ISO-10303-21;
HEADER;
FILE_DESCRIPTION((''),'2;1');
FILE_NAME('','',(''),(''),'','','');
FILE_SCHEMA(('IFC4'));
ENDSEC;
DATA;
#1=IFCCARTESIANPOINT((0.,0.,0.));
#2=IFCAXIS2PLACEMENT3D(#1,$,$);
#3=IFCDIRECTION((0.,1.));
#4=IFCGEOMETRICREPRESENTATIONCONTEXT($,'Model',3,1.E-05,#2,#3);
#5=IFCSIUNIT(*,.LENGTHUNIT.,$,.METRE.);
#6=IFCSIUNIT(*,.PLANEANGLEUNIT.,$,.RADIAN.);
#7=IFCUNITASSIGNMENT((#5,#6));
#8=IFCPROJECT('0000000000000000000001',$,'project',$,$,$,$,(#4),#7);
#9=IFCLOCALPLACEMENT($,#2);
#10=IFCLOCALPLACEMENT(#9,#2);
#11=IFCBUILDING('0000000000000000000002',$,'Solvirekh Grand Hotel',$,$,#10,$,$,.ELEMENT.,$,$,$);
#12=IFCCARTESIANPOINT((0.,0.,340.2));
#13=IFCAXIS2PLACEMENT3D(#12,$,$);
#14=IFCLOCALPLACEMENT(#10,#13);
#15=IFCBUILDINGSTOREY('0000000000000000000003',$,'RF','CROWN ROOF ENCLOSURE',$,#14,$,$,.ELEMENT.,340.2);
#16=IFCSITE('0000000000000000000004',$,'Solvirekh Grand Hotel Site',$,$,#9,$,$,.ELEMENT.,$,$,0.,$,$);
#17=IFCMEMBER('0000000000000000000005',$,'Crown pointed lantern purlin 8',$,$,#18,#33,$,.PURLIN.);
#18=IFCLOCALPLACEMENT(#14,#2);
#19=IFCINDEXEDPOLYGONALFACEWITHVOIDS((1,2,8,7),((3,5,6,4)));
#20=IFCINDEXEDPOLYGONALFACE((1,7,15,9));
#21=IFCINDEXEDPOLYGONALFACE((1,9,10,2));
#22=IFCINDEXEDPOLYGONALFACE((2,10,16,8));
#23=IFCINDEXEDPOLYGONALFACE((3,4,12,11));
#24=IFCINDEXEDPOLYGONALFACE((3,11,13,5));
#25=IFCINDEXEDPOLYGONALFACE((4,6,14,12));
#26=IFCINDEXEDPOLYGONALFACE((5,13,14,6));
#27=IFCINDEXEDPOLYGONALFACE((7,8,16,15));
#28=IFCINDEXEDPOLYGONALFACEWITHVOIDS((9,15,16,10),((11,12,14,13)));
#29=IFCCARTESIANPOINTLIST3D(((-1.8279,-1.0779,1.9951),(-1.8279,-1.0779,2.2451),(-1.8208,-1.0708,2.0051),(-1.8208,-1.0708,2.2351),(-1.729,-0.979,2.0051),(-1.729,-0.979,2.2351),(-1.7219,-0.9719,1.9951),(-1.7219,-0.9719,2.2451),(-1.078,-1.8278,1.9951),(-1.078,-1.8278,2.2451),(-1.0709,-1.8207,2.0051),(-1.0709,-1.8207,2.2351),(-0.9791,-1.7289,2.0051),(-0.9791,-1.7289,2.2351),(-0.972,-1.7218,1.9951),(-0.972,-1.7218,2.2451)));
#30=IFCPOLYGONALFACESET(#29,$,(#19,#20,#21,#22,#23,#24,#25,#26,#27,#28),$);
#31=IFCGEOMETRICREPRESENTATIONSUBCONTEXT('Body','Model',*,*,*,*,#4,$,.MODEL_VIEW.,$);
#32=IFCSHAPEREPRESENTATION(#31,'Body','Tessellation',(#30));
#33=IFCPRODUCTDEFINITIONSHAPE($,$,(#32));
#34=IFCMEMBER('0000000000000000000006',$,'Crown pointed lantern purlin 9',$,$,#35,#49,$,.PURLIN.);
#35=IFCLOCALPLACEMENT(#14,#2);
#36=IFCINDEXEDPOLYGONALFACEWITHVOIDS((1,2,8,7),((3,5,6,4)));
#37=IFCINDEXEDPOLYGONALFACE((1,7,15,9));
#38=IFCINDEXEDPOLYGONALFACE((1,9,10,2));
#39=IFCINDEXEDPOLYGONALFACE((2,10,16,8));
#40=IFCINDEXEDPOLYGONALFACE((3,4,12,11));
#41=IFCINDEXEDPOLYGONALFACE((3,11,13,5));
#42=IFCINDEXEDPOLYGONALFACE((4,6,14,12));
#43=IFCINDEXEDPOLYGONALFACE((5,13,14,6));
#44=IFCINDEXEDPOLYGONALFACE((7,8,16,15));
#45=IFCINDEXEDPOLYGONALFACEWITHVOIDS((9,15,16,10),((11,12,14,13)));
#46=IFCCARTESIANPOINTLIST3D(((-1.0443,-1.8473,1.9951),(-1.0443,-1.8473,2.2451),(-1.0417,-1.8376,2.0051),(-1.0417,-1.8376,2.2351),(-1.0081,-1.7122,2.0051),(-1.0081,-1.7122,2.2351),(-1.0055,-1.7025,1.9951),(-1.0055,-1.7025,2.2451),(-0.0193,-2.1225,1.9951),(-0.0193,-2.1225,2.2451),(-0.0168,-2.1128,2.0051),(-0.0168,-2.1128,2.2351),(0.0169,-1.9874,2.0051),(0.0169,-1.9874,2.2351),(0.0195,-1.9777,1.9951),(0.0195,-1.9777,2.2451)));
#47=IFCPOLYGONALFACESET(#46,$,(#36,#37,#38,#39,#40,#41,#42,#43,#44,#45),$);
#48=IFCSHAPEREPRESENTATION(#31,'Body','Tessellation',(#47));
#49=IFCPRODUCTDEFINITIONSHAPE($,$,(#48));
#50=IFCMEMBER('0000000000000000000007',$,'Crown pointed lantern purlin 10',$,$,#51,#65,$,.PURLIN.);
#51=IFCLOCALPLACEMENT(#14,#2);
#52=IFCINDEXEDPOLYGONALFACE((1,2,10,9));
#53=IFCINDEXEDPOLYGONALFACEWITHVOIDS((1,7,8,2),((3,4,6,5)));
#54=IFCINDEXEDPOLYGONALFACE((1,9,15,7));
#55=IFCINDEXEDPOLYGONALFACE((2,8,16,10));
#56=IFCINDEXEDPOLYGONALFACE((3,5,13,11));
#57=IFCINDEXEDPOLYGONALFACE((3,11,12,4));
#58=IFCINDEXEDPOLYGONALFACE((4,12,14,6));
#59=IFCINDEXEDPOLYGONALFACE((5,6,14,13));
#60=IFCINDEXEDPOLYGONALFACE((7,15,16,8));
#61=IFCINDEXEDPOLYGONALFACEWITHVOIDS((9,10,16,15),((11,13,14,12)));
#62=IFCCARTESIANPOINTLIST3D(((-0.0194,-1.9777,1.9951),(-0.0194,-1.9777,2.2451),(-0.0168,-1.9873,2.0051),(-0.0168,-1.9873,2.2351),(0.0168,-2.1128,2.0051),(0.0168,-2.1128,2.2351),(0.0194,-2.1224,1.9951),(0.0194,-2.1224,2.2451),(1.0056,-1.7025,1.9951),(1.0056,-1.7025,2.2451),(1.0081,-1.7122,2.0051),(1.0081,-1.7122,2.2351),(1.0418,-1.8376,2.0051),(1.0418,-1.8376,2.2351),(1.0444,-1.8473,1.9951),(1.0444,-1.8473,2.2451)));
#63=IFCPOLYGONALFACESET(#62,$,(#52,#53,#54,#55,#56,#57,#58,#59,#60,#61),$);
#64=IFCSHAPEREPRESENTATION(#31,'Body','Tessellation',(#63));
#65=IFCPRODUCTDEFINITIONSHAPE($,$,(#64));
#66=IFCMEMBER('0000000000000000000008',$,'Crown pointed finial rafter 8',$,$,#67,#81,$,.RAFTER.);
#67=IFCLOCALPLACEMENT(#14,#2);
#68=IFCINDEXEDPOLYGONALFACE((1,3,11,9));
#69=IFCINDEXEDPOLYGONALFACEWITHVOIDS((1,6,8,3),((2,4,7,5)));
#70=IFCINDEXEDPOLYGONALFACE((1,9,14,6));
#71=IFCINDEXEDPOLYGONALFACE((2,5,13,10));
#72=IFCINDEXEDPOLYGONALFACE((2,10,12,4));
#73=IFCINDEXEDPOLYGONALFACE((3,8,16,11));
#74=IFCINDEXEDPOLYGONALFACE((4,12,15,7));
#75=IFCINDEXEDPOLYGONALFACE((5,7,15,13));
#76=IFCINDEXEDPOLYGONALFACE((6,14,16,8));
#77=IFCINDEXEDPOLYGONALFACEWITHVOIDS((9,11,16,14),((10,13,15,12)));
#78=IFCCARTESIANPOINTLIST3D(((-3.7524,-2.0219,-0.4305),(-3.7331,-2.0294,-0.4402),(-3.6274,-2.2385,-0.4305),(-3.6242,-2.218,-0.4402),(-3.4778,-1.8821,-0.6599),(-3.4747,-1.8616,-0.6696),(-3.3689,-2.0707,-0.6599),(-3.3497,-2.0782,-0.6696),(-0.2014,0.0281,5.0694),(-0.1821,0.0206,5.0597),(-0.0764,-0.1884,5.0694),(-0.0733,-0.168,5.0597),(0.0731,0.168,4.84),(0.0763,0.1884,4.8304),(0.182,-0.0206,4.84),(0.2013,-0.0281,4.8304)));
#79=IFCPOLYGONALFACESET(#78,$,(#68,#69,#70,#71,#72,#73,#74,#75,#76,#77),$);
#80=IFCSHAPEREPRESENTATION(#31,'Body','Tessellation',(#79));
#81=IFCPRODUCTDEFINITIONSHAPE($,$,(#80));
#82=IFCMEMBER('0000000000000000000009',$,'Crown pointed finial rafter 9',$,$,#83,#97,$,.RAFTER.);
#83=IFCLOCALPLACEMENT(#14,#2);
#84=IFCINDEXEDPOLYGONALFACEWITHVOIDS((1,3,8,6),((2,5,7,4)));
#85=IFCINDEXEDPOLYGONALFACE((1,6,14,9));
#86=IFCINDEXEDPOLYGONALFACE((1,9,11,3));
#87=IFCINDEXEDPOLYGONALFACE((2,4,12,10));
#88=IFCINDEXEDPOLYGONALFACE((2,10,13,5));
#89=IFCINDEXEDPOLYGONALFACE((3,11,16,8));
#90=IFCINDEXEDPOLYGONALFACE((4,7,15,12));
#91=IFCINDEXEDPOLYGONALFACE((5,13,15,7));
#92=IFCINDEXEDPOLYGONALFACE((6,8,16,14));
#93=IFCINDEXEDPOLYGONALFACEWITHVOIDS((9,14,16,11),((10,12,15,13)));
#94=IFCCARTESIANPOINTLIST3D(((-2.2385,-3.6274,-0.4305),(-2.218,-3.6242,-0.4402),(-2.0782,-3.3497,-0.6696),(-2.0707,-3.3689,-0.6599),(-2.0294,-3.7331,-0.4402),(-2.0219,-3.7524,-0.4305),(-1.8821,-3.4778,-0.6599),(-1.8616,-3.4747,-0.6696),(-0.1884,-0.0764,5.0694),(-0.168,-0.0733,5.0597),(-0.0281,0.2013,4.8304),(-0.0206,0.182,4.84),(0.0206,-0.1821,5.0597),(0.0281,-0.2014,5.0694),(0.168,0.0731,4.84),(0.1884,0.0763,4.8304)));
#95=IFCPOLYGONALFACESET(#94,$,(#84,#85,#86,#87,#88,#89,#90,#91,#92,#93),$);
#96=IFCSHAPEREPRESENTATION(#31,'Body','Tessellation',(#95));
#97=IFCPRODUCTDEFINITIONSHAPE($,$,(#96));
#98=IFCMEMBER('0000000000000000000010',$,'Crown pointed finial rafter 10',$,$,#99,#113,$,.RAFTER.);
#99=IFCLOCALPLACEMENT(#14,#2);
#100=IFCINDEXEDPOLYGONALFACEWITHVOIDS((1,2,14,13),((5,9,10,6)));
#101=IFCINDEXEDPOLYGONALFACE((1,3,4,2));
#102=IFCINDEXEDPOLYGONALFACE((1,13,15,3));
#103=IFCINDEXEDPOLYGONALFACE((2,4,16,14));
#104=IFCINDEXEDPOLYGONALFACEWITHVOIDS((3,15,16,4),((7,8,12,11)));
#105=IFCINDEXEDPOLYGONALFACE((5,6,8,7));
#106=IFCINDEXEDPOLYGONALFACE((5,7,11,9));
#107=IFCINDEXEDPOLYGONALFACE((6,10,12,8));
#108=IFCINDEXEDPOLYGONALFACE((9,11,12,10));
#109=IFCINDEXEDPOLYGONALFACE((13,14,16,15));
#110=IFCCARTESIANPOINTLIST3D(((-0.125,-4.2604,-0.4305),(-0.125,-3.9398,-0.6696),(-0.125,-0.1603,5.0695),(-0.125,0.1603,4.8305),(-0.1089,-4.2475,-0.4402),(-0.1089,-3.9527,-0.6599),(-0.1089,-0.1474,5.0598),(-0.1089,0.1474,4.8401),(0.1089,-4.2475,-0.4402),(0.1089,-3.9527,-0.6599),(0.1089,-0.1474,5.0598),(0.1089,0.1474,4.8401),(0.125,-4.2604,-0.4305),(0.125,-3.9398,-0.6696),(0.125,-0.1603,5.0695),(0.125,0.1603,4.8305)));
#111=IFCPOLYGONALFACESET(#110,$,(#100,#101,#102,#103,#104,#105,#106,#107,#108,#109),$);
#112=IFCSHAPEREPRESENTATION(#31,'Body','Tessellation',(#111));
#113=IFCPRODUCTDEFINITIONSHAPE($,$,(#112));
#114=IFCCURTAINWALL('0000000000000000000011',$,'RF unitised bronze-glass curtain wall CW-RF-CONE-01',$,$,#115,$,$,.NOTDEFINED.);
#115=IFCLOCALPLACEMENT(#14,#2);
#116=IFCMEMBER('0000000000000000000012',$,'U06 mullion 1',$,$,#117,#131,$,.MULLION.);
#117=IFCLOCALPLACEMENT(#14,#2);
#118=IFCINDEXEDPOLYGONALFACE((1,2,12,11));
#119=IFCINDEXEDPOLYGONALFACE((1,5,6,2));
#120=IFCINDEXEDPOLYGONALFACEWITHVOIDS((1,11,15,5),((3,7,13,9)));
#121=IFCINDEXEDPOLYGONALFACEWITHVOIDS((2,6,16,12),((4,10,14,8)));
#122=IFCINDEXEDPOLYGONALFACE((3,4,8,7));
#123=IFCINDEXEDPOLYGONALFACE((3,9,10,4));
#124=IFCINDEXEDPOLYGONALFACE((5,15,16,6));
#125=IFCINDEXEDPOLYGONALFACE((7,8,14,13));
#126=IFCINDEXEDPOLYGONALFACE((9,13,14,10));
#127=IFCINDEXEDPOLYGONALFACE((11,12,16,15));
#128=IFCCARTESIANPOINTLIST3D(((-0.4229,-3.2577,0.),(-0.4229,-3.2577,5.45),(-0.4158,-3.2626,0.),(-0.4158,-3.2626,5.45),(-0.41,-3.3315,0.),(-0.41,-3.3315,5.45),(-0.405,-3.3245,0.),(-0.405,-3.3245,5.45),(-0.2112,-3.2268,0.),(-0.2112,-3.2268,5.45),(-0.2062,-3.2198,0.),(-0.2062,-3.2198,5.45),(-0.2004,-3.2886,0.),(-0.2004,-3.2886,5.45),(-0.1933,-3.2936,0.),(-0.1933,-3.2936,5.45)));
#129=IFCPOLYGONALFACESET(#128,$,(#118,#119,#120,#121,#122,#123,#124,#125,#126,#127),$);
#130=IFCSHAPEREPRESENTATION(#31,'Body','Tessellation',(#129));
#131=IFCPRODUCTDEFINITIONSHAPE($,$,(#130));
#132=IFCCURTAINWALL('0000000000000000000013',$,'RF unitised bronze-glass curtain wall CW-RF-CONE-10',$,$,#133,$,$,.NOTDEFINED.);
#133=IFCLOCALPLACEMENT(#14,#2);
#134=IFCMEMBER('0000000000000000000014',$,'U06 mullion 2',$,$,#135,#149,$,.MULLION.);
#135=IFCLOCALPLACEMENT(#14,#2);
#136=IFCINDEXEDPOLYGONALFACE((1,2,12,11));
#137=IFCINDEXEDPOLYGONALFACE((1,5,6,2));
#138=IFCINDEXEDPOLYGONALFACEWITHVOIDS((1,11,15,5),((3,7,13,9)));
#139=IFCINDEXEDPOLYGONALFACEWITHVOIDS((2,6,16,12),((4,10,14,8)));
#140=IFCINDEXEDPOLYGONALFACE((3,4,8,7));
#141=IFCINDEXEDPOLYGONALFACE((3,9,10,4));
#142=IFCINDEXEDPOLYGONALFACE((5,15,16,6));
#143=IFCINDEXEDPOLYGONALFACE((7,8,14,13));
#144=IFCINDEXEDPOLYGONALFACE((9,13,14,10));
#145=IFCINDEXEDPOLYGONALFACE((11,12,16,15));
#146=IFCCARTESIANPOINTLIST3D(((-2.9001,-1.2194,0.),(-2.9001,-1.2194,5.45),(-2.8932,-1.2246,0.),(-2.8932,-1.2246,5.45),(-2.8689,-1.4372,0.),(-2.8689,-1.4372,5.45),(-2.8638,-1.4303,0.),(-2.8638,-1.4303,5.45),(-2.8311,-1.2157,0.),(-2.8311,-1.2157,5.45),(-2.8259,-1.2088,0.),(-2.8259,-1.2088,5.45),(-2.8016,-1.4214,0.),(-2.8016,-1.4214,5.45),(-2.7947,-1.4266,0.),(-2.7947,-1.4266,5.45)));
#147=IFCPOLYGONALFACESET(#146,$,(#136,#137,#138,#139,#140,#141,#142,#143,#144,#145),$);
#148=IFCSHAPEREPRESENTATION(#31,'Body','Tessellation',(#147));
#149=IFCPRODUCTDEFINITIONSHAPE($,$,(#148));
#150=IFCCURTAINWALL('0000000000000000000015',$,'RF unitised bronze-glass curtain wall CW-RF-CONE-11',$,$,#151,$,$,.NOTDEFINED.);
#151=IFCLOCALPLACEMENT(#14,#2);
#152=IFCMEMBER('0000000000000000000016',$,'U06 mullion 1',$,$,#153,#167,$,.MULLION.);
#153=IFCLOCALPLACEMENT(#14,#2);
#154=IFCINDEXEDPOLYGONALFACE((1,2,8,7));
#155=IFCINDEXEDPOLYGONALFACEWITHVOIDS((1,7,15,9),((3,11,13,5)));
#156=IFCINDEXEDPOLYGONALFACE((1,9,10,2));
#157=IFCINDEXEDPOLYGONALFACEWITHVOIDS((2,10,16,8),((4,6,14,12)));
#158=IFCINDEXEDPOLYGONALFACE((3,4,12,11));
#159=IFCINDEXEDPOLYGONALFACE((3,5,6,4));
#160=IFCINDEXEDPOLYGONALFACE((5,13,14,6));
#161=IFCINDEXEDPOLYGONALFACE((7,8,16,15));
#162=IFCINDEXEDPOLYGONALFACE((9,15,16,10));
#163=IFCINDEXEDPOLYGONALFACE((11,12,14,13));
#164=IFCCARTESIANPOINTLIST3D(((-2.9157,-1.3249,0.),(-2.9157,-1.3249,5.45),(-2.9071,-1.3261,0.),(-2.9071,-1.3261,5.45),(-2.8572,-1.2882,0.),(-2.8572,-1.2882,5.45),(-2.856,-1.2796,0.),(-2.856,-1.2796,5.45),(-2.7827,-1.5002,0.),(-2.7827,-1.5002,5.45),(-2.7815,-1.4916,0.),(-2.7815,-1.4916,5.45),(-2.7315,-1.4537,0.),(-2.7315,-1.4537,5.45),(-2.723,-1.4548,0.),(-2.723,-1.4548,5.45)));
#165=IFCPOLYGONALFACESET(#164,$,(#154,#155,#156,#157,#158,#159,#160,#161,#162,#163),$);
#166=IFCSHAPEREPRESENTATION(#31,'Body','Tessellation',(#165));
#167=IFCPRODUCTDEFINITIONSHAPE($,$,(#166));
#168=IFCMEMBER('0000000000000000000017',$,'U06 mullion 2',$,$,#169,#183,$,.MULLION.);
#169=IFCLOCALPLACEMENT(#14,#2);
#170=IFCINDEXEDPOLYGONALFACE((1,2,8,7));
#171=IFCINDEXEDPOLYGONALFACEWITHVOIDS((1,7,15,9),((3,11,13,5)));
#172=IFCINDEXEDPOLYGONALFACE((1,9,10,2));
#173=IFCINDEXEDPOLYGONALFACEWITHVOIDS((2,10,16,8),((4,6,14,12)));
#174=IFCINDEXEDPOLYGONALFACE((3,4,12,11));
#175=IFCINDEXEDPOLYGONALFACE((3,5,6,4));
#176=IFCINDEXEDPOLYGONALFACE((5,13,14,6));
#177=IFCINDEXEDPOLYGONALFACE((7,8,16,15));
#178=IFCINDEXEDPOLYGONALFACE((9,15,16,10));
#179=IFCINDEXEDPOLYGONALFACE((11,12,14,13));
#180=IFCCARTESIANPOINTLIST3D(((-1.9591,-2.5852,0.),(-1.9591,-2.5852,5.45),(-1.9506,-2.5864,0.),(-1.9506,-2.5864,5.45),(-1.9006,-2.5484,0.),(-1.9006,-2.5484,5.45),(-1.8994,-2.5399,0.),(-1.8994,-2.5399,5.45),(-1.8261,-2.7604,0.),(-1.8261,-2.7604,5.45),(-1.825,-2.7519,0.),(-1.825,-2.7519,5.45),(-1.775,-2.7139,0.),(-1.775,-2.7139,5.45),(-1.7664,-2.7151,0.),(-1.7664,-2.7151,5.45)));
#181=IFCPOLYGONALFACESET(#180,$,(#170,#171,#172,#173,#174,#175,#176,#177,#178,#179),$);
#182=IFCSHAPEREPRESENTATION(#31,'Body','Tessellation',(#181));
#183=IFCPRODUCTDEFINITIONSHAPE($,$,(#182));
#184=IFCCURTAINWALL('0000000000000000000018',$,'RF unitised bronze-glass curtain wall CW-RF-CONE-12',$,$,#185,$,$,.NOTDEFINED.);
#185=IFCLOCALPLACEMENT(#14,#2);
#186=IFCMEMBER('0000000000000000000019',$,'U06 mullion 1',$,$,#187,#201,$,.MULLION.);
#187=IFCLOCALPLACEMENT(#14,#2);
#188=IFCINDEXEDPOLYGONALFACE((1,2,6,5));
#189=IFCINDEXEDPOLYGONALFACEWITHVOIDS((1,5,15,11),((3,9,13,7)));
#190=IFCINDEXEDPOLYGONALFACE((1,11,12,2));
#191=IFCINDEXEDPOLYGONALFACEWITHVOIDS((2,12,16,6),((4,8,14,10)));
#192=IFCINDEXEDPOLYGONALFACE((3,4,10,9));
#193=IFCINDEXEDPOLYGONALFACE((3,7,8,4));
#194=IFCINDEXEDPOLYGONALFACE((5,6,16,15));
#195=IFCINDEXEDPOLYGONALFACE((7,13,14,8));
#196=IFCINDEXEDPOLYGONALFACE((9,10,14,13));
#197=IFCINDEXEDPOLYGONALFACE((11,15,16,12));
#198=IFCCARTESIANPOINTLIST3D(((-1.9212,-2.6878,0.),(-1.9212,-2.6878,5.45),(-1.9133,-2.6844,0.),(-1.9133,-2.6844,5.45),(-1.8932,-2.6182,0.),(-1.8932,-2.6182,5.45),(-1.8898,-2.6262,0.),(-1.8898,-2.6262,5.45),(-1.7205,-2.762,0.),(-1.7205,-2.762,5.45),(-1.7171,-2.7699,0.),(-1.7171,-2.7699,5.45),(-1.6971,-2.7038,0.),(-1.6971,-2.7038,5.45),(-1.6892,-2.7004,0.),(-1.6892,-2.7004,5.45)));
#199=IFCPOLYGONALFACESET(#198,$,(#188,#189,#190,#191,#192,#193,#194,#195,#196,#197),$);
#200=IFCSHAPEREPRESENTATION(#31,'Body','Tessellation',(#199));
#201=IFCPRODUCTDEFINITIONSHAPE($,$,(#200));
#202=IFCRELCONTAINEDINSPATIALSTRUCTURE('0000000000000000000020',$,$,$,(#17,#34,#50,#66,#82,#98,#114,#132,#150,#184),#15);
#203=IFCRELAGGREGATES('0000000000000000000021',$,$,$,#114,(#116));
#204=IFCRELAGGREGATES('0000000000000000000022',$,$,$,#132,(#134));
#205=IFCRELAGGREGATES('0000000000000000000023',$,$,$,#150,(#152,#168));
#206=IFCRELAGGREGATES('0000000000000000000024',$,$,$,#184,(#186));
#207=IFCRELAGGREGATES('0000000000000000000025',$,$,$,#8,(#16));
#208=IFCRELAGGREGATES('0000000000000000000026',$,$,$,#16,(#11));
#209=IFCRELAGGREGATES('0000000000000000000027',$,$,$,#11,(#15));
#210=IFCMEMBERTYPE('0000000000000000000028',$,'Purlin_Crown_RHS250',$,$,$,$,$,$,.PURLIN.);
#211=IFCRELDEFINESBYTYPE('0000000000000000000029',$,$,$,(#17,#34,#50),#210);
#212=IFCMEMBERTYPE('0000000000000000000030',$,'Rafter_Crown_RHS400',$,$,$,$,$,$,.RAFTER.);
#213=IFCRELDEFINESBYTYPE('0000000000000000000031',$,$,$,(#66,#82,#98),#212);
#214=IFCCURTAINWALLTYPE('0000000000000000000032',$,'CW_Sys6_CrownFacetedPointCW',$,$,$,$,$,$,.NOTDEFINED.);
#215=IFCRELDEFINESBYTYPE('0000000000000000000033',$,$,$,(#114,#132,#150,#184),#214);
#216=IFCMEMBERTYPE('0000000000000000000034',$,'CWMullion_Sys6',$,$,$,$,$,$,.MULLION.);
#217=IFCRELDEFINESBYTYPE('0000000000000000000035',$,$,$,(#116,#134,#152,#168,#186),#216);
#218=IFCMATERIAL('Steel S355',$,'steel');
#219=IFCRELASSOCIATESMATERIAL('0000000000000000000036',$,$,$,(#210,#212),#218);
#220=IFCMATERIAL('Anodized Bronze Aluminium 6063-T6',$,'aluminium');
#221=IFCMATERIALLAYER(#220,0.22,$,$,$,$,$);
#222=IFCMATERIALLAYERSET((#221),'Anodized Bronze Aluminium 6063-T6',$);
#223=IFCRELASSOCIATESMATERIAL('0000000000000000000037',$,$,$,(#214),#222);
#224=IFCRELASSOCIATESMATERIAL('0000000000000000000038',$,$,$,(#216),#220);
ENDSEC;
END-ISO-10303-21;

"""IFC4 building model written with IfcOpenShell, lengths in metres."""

from ifc_helpers import new_model, si_unit, direction, frame, origin, origin_2d, place, context, subcontext, project, spatial, hollow_rectangle, extrude, source, transform, mapped, material, layer, layer_set, material_profile, profile_set, type_object, element, aggregate, save


model = new_model("IFC4")

# Units and contexts
model_context = context("Model", 3, precision=1e-05, world=origin(), true_north=direction((0.0, 1.0)))
body_context = subcontext(model_context, "Body", "Model", "MODEL_VIEW")
ifc_project = project(units=[si_unit("LENGTHUNIT", "METRE"), si_unit("PLANEANGLEUNIT", "RADIAN")], contexts=[model_context])

# Site, building, storey
site_placement = place(None, origin())
site = spatial("IfcSite", under=ifc_project, at=site_placement, Name="Solvirekh Grand Hotel Site", CompositionType="ELEMENT", RefElevation=0.0)
building_placement = place(site_placement, origin())
building = spatial("IfcBuilding", under=site, at=building_placement, Name="Solvirekh Grand Hotel", CompositionType="ELEMENT")
storey_placement = place(building_placement, frame((0.0, 0.0, 340.2)))
storey = spatial("IfcBuildingStorey", under=building, at=storey_placement, Name="RF", Description="CROWN ROOF ENCLOSURE", CompositionType="ELEMENT", Elevation=340.2)

# Members
ifc_material_1 = material(Name="Steel S355", Category="steel")
ifc_material_profile_1 = material_profile(ifc_material_1, hollow_rectangle(XDim=0.1499, YDim=0.25, WallThickness=0.01, at=origin_2d()), Name="RHS 250X150X10")
ifc_profile_set_1 = profile_set([ifc_material_profile_1], Name="Steel S355")
member_type_1 = type_object("IfcMemberType", Name="Purlin_Crown_RHS250", PredefinedType="PURLIN", material=ifc_profile_set_1)
member_1_placement = place(storey_placement, frame((-1.7749, -1.0249, 2.1201), z_axis=(0.707107, -0.707107, 0.0), x_axis=(0.707107, 0.707107, 0.0)))
element("IfcMember", 1, at=member_1_placement, inside=storey, type_object=member_type_1, Name="Crown pointed lantern purlin 8", PredefinedType="PURLIN", context=body_context, shape_type="SweptSolid", body=[
    extrude(hollow_rectangle(XDim=0.1499, YDim=0.25, WallThickness=0.01, at=origin_2d()), origin(), (0.0, 0.0, 1.0), 1.0605),
])
for number, where, z_axis, x_axis, name in (
    (2, (-1.0249, -1.7749, 2.1201), (0.965802, -0.25928, 0.0), (0.25928, 0.965802, 0.0), "Crown pointed lantern purlin 9"),
    (3, (0.0, -2.05, 2.1201), (0.965802, 0.25928, 0.0), (-0.25928, 0.965802, 0.0), "Crown pointed lantern purlin 10"),
):
    element("IfcMember", number, at=place(storey_placement, frame(where, z_axis=z_axis, x_axis=x_axis)), inside=storey, type_object=member_type_1, Name=name, PredefinedType="PURLIN", context=body_context, shape_type="SweptSolid", body=[
        extrude(hollow_rectangle(XDim=0.1499, YDim=0.25, WallThickness=0.01, at=origin_2d()), origin(), (0.0, 0.0, 1.0), 1.0613),
    ])
ifc_material_profile_2 = material_profile(ifc_material_1, hollow_rectangle(XDim=0.25, YDim=0.3999, WallThickness=0.0161, at=origin_2d()), Name="RHS 400X250X16")
ifc_profile_set_2 = profile_set([ifc_material_profile_2], Name="Steel S355")
member_type_2 = type_object("IfcMemberType", Name="Rafter_Crown_RHS400", PredefinedType="RAFTER", material=ifc_profile_set_2)
for number, where, z_axis, x_axis, name in (
    (4, (-3.551, -2.05, -0.55), (0.517626, 0.298832, 0.801725), (-0.499975, 0.86604, 0.0), "Crown pointed finial rafter 8"),
    (5, (-2.05, -3.551, -0.55), (0.298832, 0.517626, 0.801725), (-0.86604, 0.499975, 0.0), "Crown pointed finial rafter 9"),
    (6, (0.0, -4.1001, -0.55), (0.0, 0.597674, 0.801739), (-1.0, 0.0, 0.0), "Crown pointed finial rafter 10"),
):
    element("IfcMember", number, at=place(storey_placement, frame(where, z_axis=z_axis, x_axis=x_axis)), inside=storey, type_object=member_type_2, Name=name, PredefinedType="RAFTER", context=body_context, shape_type="SweptSolid", body=[
        extrude(hollow_rectangle(XDim=0.25, YDim=0.3999, WallThickness=0.0161, at=origin_2d()), origin(), (0.0, 0.0, 1.0), 6.8601),
    ])

# Curtain walls, members
ifc_material_2 = material(Name="Anodized Bronze Aluminium 6063-T6", Category="aluminium")
ifc_layer_1 = layer(ifc_material_2, 0.22)
ifc_layer_set_1 = layer_set([ifc_layer_1], Name="Anodized Bronze Aluminium 6063-T6")
curtain_wall_type = type_object("IfcCurtainWallType", Name="CW_Sys6_CrownFacetedPointCW", PredefinedType="NOTDEFINED", material=ifc_layer_set_1)
curtain_wall_1_placement = place(storey_placement, origin())
curtain_wall_1 = element("IfcCurtainWall", 7, at=curtain_wall_1_placement, inside=storey, type_object=curtain_wall_type, Name="RF unitised bronze-glass curtain wall CW-RF-CONE-01", PredefinedType="NOTDEFINED")
ifc_material_profile_3 = material_profile(ifc_material_2, hollow_rectangle(XDim=0.075, YDim=0.22, WallThickness=0.0061, at=origin_2d()), Name="ALU RHS 220X75X6")
ifc_profile_set_3 = profile_set([ifc_material_profile_3], Name="Anodized Bronze Aluminium 6063-T6")
member_type_3 = type_object("IfcMemberType", Name="CWMullion_Sys6", PredefinedType="MULLION", material=ifc_profile_set_3)
shared_shape_1 = source(origin(), body_context, "Body", "SweptSolid", [
    extrude(hollow_rectangle(XDim=0.075, YDim=0.22, WallThickness=0.0061, at=origin_2d()), origin(), (0.0, 0.0, 1.0), 5.45),
])
member_2_placement = place(storey_placement, frame((-0.3081, -3.2756, 0.0), z_axis=(0.0, 0.0, 1.0), x_axis=(-0.172441, 0.98502, 0.0)))
member_2 = element("IfcMember", 8, at=member_2_placement, type_object=member_type_3, Name="U06 mullion 1", PredefinedType="MULLION", context=body_context, shape_type="MappedRepresentation", body=[
    mapped(shared_shape_1, transform((0.0, 0.0, 0.0), x_axis=(1.0, 0.0, 0.0), y_axis=(0.0, 1.0, 0.0), z_axis=(0.0, 0.0, 1.0), scale=1.0)),
])
curtain_wall_2_placement = place(storey_placement, origin())
curtain_wall_2 = element("IfcCurtainWall", 9, at=curtain_wall_2_placement, inside=storey, type_object=curtain_wall_type, Name="RF unitised bronze-glass curtain wall CW-RF-CONE-10", PredefinedType="NOTDEFINED")
member_3_placement = place(storey_placement, frame((-2.8474, -1.323, 0.0), z_axis=(0.0, 0.0, 1.0), x_axis=(0.989914, 0.141668, 0.0)))
member_3 = element("IfcMember", 10, at=member_3_placement, type_object=member_type_3, Name="U06 mullion 2", PredefinedType="MULLION", context=body_context, shape_type="MappedRepresentation", body=[
    mapped(shared_shape_1, transform((0.0, 0.0, 0.0), x_axis=(1.0, 0.0, 0.0), y_axis=(0.0, 1.0, 0.0), z_axis=(0.0, 0.0, 1.0), scale=1.0)),
])

# Curtain walls, members
curtain_wall_3_placement = place(storey_placement, origin())
curtain_wall_3 = element("IfcCurtainWall", 11, at=curtain_wall_3_placement, inside=storey, type_object=curtain_wall_type, Name="RF unitised bronze-glass curtain wall CW-RF-CONE-11", PredefinedType="NOTDEFINED")
member_4_placement = place(storey_placement, frame((-2.8193, -1.3899, 0.0), z_axis=(0.0, 0.0, 1.0), x_axis=(0.796511, 0.604624, 0.0)))
member_4 = element("IfcMember", 12, at=member_4_placement, type_object=member_type_3, Name="U06 mullion 1", PredefinedType="MULLION", context=body_context, shape_type="MappedRepresentation", body=[
    mapped(shared_shape_1, transform((0.0, 0.0, 0.0), x_axis=(1.0, 0.0, 0.0), y_axis=(0.0, 1.0, 0.0), z_axis=(0.0, 0.0, 1.0), scale=1.0)),
])
member_5_placement = place(storey_placement, frame((-1.8628, -2.6501, 0.0), z_axis=(0.0, 0.0, 1.0), x_axis=(0.796511, 0.604624, 0.0)))
member_5 = element("IfcMember", 13, at=member_5_placement, type_object=member_type_3, Name="U06 mullion 2", PredefinedType="MULLION", context=body_context, shape_type="MappedRepresentation", body=[
    mapped(shared_shape_1, transform((0.0, 0.0, 0.0), x_axis=(1.0, 0.0, 0.0), y_axis=(0.0, 1.0, 0.0), z_axis=(0.0, 0.0, 1.0), scale=1.0)),
])
curtain_wall_4_placement = place(storey_placement, origin())
curtain_wall_4 = element("IfcCurtainWall", 14, at=curtain_wall_4_placement, inside=storey, type_object=curtain_wall_type, Name="RF unitised bronze-glass curtain wall CW-RF-CONE-12", PredefinedType="NOTDEFINED")
member_6_placement = place(storey_placement, frame((-1.8052, -2.6941, 0.0), z_axis=(0.0, 0.0, 1.0), x_axis=(0.373529, 0.927618, 0.0)))
member_6 = element("IfcMember", 15, at=member_6_placement, type_object=member_type_3, Name="U06 mullion 1", PredefinedType="MULLION", context=body_context, shape_type="MappedRepresentation", body=[
    mapped(shared_shape_1, transform((0.0, 0.0, 0.0), x_axis=(1.0, 0.0, 0.0), y_axis=(0.0, 1.0, 0.0), z_axis=(0.0, 0.0, 1.0), scale=1.0)),
])

aggregate(curtain_wall_1, [member_2])

aggregate(curtain_wall_2, [member_3])
aggregate(curtain_wall_3, [member_4, member_5])
aggregate(curtain_wall_4, [member_6])

save(model, "model.ifc")
